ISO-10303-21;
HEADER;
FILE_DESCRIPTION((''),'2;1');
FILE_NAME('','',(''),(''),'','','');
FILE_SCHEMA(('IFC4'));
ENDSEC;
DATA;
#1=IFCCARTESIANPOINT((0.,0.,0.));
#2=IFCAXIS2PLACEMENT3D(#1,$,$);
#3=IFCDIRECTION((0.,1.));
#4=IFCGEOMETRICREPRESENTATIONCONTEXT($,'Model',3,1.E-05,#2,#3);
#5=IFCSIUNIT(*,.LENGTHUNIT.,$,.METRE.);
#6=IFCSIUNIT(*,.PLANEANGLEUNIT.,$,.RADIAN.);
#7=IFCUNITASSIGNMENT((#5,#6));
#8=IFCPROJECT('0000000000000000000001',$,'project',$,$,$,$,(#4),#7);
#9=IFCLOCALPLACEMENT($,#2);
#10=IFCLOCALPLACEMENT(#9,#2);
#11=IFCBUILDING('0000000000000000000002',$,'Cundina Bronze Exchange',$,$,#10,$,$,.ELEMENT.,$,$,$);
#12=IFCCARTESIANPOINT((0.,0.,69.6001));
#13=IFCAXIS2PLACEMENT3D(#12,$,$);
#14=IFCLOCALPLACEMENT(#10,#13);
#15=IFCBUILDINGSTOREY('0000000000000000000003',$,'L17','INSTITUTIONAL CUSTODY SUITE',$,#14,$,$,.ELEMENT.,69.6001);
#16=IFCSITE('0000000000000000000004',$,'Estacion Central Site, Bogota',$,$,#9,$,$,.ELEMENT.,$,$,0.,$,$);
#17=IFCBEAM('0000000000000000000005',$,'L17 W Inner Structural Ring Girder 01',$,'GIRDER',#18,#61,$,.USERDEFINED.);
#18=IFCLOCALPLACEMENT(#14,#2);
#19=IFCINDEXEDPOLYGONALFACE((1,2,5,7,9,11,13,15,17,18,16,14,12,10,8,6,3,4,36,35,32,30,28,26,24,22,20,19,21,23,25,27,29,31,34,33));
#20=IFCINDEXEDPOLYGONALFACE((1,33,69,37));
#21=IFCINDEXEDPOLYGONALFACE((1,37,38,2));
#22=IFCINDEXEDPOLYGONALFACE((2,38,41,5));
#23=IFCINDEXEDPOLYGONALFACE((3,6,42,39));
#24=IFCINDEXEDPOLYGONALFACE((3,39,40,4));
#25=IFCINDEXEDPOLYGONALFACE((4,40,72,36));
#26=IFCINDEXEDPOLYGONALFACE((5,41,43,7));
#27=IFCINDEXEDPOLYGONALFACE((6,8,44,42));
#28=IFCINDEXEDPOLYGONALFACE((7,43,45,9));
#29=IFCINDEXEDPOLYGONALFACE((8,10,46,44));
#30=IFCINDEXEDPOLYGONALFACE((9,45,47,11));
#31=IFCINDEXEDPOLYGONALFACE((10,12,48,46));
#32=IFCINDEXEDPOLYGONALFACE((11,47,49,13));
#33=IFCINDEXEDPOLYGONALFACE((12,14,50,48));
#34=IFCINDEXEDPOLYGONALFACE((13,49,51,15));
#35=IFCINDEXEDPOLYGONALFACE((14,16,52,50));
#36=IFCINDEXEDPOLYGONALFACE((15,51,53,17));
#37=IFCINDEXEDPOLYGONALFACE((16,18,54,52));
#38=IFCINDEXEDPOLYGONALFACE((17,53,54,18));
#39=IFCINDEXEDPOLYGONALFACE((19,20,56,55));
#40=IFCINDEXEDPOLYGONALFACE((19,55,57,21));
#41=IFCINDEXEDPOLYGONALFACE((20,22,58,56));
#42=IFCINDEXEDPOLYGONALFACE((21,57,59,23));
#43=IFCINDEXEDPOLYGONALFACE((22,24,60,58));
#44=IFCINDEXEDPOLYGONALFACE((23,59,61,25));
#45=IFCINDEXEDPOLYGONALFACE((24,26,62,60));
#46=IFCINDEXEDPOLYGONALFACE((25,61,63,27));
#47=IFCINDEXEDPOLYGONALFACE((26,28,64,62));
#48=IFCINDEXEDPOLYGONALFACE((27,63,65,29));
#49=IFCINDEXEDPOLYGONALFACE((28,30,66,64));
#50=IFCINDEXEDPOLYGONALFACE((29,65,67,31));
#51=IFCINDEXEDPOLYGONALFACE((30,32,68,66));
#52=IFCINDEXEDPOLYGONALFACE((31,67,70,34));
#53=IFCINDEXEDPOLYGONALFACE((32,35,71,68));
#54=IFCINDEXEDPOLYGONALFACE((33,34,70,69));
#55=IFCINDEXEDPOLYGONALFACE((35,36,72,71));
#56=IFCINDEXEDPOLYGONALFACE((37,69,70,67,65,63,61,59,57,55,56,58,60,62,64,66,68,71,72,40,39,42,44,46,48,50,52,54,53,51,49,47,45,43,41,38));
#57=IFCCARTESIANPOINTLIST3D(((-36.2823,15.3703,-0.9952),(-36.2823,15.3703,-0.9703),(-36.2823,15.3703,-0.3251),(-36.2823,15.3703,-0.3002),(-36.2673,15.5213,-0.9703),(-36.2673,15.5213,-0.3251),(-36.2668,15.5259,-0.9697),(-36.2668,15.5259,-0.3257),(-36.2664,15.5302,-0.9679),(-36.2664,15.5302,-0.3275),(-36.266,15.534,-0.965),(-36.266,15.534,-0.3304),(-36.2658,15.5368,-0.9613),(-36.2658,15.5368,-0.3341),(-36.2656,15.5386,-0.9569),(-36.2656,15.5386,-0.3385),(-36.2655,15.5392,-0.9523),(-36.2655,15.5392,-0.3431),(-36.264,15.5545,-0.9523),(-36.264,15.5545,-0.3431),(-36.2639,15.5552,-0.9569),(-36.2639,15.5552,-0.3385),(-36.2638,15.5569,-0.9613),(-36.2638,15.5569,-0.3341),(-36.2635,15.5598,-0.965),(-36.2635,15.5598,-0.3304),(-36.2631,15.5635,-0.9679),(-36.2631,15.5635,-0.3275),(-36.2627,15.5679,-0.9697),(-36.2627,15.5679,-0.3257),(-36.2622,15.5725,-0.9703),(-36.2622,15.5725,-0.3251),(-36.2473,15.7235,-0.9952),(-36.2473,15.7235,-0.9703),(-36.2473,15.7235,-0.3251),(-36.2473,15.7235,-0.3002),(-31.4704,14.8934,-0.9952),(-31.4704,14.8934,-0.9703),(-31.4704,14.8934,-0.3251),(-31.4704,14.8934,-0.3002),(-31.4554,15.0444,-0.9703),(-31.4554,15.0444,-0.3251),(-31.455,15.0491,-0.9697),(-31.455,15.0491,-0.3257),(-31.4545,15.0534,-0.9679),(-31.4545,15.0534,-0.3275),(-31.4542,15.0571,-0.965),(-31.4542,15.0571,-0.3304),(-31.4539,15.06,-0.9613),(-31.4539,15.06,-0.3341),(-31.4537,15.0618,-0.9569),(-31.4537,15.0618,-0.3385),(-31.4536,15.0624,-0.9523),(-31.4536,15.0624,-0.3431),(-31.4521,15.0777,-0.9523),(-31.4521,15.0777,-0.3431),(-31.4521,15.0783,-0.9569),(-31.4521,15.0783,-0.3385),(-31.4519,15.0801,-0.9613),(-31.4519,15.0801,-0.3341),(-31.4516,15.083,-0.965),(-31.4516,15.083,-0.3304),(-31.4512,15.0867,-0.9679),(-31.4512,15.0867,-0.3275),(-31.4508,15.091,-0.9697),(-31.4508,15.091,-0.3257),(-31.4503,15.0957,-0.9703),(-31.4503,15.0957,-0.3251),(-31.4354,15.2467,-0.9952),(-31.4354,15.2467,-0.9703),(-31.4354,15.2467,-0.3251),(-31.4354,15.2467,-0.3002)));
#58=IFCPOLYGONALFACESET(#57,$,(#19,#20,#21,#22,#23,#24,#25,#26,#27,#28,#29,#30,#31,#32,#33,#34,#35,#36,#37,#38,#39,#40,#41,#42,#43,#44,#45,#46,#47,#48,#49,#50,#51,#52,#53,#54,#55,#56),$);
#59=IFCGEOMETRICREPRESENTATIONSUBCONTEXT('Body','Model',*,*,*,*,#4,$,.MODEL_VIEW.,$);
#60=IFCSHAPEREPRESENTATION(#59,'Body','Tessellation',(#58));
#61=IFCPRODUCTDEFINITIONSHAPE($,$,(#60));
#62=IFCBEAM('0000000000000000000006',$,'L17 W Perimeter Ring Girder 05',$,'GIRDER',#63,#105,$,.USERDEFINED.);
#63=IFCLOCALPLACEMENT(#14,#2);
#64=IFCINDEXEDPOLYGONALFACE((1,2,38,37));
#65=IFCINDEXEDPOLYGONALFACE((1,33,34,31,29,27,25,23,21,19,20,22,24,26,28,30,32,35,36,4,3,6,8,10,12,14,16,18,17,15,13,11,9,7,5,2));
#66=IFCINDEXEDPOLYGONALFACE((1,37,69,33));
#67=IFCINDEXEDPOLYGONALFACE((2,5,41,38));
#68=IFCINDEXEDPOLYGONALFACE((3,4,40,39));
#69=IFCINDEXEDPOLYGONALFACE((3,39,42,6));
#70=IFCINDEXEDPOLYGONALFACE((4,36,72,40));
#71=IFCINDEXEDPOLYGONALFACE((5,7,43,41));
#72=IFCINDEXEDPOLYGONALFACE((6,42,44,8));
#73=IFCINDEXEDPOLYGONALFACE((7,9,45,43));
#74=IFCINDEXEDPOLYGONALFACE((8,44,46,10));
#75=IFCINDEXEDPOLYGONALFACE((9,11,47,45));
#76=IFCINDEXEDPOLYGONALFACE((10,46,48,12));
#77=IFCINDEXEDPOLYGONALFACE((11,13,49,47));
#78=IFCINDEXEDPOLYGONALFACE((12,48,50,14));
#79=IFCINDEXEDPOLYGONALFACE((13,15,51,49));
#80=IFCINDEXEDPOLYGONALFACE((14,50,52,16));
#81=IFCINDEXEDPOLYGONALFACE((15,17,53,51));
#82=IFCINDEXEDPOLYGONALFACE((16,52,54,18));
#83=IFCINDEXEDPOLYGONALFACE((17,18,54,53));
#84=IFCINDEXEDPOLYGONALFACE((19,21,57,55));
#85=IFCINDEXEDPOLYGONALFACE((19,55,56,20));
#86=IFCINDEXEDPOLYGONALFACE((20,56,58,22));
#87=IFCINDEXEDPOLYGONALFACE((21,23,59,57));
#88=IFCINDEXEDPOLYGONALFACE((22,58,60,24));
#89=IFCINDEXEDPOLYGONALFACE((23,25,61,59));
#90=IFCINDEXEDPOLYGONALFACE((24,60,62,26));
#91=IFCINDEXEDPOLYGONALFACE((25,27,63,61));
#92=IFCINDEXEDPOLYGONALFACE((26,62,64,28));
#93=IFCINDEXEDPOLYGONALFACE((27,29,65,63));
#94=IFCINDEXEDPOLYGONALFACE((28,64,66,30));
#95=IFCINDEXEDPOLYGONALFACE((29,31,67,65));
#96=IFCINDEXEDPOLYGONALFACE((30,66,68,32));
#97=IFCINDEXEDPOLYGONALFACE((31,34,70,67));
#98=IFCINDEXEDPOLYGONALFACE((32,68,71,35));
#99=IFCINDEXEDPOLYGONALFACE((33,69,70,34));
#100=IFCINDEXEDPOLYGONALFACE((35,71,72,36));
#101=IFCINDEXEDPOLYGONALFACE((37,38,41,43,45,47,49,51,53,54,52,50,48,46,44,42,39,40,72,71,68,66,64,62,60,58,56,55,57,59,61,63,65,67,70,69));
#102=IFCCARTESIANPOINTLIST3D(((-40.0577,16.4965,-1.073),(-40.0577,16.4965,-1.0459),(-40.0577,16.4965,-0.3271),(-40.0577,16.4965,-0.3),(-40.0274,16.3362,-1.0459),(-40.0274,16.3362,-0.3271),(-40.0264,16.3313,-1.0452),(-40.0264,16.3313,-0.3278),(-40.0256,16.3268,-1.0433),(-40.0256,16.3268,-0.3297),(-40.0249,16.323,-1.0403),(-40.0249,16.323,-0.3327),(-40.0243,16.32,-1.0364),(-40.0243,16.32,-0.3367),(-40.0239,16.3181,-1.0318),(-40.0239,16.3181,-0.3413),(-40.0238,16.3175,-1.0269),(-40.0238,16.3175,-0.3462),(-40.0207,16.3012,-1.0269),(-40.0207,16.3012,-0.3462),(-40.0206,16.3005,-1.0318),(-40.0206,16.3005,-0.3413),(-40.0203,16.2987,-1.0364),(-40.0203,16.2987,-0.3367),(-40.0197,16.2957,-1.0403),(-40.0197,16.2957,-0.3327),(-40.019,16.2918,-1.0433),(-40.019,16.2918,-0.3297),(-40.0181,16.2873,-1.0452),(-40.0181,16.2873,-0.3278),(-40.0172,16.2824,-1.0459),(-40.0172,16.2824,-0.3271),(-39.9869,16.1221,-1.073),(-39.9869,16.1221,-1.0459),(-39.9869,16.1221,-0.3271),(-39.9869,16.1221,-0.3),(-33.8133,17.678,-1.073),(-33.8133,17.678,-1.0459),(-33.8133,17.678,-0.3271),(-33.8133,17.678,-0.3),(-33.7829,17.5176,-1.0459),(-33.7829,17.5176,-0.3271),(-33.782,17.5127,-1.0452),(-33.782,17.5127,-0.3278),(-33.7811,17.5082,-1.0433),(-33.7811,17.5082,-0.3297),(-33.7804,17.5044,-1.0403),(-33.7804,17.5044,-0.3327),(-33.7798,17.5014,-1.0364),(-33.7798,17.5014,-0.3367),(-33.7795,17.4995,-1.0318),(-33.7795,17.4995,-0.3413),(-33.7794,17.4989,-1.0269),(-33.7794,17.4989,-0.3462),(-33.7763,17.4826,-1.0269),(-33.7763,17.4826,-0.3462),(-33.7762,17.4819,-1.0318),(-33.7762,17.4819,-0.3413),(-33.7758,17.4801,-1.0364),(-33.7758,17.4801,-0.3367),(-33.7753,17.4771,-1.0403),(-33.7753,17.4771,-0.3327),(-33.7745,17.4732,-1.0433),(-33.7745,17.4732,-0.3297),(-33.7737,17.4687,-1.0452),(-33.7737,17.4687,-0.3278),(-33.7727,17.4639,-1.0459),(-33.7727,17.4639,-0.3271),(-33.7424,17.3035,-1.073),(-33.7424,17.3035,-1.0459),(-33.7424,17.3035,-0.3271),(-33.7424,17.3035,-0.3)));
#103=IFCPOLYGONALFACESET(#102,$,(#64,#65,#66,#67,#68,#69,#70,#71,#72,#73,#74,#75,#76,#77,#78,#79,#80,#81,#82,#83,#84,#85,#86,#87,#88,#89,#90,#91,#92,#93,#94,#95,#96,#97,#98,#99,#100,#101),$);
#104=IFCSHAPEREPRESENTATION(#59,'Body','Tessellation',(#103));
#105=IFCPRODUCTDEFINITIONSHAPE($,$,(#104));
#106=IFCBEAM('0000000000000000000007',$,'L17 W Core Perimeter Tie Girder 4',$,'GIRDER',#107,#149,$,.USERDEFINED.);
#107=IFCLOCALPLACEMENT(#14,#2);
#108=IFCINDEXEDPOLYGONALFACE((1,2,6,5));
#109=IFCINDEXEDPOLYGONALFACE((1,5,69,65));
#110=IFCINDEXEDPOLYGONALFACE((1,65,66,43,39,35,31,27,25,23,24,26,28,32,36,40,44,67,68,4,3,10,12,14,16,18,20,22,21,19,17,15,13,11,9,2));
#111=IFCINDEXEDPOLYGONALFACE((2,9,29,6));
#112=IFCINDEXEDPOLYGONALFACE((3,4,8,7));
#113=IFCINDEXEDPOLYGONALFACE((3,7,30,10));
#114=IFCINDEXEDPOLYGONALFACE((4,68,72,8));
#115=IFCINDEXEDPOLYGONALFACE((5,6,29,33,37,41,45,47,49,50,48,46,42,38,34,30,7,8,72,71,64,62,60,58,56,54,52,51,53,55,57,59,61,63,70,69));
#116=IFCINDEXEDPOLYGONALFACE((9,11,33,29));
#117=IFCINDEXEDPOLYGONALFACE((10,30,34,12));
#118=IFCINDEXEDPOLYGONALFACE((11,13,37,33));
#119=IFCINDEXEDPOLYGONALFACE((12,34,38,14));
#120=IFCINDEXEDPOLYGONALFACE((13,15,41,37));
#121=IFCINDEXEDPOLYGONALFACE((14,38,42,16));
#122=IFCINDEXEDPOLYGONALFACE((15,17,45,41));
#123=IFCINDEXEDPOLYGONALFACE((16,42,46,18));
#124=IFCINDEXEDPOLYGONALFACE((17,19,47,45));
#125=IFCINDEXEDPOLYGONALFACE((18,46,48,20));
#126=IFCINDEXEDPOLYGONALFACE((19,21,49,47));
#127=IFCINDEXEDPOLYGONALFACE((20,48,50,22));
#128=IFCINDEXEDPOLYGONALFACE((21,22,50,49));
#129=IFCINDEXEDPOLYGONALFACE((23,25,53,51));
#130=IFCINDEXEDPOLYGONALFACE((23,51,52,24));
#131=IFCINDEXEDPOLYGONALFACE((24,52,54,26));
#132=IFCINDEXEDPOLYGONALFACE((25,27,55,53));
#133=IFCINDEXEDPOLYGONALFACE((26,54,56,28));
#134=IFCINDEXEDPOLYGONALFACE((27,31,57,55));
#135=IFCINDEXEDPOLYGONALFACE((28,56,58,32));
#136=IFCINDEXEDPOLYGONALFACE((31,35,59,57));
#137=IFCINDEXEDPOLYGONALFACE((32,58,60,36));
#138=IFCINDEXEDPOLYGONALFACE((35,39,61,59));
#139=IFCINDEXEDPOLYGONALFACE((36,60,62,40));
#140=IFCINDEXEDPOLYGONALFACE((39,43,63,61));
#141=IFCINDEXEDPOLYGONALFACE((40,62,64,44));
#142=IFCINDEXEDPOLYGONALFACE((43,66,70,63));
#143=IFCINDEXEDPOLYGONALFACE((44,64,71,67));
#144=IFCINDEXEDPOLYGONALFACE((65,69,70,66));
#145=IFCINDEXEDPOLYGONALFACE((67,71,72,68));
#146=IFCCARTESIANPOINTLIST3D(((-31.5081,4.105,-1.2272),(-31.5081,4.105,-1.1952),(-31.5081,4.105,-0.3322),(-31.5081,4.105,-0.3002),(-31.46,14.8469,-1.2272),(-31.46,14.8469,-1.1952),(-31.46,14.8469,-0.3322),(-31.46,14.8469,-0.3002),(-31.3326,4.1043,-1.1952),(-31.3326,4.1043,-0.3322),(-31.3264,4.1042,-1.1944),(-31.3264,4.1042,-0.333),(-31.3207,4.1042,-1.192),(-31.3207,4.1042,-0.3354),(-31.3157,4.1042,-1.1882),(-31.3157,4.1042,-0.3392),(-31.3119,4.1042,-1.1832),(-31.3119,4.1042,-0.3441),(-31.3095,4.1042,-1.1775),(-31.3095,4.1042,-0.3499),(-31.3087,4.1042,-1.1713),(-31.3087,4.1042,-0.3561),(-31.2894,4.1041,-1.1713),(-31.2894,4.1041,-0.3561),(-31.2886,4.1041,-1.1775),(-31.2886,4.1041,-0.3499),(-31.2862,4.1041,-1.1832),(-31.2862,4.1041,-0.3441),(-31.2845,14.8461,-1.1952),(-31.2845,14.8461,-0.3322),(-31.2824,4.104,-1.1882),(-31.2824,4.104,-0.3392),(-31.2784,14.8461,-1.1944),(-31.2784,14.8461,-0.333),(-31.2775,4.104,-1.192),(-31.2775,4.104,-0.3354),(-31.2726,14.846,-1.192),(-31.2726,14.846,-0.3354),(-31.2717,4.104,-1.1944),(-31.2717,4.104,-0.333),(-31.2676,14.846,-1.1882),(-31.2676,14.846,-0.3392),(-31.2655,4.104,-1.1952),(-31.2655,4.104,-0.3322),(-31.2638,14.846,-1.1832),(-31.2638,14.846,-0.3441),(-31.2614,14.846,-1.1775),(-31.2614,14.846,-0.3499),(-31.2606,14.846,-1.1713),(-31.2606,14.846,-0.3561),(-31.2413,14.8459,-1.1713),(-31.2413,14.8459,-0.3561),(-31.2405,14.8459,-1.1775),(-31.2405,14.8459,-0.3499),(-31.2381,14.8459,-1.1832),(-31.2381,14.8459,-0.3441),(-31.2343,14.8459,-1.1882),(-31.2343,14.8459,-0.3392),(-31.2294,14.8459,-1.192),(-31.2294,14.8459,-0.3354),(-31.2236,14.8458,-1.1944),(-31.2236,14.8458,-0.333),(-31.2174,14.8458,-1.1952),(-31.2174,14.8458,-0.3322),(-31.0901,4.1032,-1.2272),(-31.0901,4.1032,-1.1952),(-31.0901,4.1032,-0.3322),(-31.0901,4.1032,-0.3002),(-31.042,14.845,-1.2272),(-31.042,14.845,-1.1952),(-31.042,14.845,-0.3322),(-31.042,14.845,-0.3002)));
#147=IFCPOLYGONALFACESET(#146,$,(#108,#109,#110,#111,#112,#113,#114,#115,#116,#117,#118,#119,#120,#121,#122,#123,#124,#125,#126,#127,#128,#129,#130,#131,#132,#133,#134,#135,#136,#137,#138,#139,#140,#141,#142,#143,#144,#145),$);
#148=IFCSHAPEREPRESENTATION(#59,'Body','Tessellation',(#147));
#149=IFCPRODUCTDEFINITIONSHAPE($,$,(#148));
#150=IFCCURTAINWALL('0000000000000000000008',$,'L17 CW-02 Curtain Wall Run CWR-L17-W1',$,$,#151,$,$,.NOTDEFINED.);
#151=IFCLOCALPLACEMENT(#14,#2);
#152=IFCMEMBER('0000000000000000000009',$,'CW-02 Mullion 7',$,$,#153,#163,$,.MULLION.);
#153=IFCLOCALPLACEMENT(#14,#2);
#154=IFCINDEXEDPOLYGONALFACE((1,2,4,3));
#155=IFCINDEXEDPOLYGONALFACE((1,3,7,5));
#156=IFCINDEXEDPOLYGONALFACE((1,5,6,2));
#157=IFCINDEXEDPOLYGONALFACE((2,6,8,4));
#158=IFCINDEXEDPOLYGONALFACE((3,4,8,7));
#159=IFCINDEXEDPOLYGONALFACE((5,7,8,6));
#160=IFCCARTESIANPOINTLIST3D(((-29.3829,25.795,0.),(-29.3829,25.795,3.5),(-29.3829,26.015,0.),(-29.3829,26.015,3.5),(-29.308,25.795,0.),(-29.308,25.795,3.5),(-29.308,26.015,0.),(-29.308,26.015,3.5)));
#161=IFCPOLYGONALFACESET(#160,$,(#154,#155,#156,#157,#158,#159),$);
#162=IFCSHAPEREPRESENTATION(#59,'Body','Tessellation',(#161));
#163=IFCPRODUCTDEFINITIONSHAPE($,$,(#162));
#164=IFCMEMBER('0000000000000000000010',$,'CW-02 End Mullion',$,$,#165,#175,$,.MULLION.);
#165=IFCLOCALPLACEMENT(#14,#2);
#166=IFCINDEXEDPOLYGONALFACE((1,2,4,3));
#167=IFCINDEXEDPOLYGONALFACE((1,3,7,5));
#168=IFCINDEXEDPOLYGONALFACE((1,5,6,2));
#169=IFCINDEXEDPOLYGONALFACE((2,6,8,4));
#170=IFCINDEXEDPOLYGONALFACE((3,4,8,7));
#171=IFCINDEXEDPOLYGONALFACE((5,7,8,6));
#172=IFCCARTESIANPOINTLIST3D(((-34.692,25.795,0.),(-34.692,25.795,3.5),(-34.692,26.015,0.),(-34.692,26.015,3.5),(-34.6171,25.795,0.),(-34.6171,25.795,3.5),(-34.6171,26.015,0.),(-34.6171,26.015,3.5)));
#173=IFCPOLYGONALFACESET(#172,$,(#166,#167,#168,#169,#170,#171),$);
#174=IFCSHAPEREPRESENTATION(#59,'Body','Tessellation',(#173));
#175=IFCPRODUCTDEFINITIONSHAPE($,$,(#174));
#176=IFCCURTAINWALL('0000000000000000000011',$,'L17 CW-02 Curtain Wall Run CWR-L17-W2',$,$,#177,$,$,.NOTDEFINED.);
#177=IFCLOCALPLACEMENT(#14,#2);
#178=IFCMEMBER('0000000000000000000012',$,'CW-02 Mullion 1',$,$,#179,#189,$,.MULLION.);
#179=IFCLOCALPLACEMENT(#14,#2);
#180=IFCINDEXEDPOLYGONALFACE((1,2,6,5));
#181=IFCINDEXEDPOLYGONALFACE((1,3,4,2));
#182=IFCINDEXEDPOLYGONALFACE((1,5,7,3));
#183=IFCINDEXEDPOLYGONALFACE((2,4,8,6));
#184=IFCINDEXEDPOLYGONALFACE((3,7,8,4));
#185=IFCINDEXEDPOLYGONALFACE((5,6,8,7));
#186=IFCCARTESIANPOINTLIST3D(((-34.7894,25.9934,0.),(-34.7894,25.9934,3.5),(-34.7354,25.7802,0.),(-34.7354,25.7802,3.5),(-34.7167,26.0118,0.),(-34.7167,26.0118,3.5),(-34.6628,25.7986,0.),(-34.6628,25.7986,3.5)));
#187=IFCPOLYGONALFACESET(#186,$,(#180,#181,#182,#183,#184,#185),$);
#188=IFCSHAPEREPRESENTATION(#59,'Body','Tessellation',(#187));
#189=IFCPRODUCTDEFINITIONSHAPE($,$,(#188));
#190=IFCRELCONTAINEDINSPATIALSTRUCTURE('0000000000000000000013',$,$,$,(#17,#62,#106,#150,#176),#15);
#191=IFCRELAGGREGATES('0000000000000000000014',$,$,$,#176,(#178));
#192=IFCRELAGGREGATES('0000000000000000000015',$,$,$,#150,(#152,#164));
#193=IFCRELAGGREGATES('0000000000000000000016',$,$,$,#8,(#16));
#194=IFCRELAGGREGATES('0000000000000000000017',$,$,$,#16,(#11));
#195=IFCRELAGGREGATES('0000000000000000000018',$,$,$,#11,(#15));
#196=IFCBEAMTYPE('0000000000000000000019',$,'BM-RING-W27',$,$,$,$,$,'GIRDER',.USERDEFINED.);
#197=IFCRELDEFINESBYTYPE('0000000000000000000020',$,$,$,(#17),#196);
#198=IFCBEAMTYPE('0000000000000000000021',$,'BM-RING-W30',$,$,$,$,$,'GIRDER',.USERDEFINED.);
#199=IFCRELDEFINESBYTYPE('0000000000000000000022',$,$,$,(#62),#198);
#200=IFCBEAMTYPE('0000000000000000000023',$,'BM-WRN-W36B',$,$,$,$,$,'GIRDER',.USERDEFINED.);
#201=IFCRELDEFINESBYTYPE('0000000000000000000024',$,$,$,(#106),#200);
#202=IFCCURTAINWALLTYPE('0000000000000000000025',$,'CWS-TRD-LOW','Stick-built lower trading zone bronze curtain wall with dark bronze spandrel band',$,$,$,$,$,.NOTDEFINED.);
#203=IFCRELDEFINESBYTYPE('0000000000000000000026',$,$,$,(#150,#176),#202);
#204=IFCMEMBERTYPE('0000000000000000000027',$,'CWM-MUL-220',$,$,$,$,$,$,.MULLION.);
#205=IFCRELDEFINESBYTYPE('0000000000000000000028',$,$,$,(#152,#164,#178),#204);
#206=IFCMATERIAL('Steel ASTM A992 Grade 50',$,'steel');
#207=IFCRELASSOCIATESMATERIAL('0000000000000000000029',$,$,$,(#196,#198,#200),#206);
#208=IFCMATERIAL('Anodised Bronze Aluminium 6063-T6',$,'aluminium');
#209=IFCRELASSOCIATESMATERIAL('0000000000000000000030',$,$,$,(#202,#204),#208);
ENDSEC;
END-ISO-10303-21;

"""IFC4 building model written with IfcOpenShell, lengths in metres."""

from ifc_helpers import new_model, si_unit, direction, frame, origin, origin_2d, place, context, subcontext, project, spatial, rectangle, i_section, extrude, material, material_profile, profile_set, type_object, element, aggregate, save


model = new_model("IFC4")

# Units and contexts
model_context = context("Model", 3, precision=1e-05, world=origin(), true_north=direction((0.0, 1.0)))
body_context = subcontext(model_context, "Body", "Model", "MODEL_VIEW")
ifc_project = project(units=[si_unit("LENGTHUNIT", "METRE"), si_unit("PLANEANGLEUNIT", "RADIAN")], contexts=[model_context])

# Site, building, storey
site_placement = place(None, origin())
site = spatial("IfcSite", under=ifc_project, at=site_placement, Name="Estacion Central Site, Bogota", CompositionType="ELEMENT", RefElevation=0.0)
building_placement = place(site_placement, origin())
building = spatial("IfcBuilding", under=site, at=building_placement, Name="Cundina Bronze Exchange", CompositionType="ELEMENT")
storey_placement = place(building_placement, frame((0.0, 0.0, 69.6001)))
storey = spatial("IfcBuildingStorey", under=building, at=storey_placement, Name="L17", Description="INSTITUTIONAL CUSTODY SUITE", CompositionType="ELEMENT", Elevation=69.6001)

# Shared definitions
ifc_material_1 = material(Name="Steel ASTM A992 Grade 50", Category="steel")

# Beams
ifc_material_profile_1 = material_profile(ifc_material_1, i_section(OverallWidth=0.355, OverallDepth=0.6951, WebThickness=0.0154, FlangeThickness=0.0249, FilletRadius=0.0181, at=origin_2d()), Name="W27X146", Category="steel")
ifc_profile_set_1 = profile_set([ifc_material_profile_1], Name="Steel ASTM A992 Grade 50")
beam_type_1 = type_object("IfcBeamType", Name="BM-RING-W27", ElementType="GIRDER", PredefinedType="USERDEFINED", material=ifc_profile_set_1)
beam_1_placement = place(storey_placement, frame((-31.4529, 15.0701, -0.6477), z_axis=(-0.995126, 0.098609, 0.0), x_axis=(-0.098609, -0.995126, 0.0)))
element("IfcBeam", 1, at=beam_1_placement, inside=storey, type_object=beam_type_1, Name="L17 W Inner Structural Ring Girder 01", ObjectType="GIRDER", PredefinedType="USERDEFINED", context=body_context, shape_type="SweptSolid", body=[
    extrude(i_section(OverallWidth=0.355, OverallDepth=0.6951, WebThickness=0.0154, FlangeThickness=0.0249, FilletRadius=0.0181, at=origin_2d()), origin(), (0.0, 0.0, 1.0), 4.8354),
])
ifc_material_profile_2 = material_profile(ifc_material_1, i_section(OverallWidth=0.3811, OverallDepth=0.7729, WebThickness=0.0166, FlangeThickness=0.0271, FilletRadius=0.019, at=origin_2d()), Name="W30X173", Category="steel")
ifc_profile_set_2 = profile_set([ifc_material_profile_2], Name="Steel ASTM A992 Grade 50")
beam_type_2 = type_object("IfcBeamType", Name="BM-RING-W30", ElementType="GIRDER", PredefinedType="USERDEFINED", material=ifc_profile_set_2)
beam_2_placement = place(storey_placement, frame((-33.7778, 17.4907, -0.6865), z_axis=(-0.982569, -0.185896, 0.0), x_axis=(0.185896, -0.982569, 0.0)))
element("IfcBeam", 2, at=beam_2_placement, inside=storey, type_object=beam_type_2, Name="L17 W Perimeter Ring Girder 05", ObjectType="GIRDER", PredefinedType="USERDEFINED", context=body_context, shape_type="SweptSolid", body=[
    extrude(i_section(OverallWidth=0.3811, OverallDepth=0.7729, WebThickness=0.0166, FlangeThickness=0.0271, FilletRadius=0.019, at=origin_2d()), origin(), (0.0, 0.0, 1.0), 6.3552),
])
ifc_material_profile_3 = material_profile(ifc_material_1, i_section(OverallWidth=0.418, OverallDepth=0.927, WebThickness=0.0193, FlangeThickness=0.032, FilletRadius=0.0239, at=origin_2d()), Name="W36X231", Category="steel")
ifc_profile_set_3 = profile_set([ifc_material_profile_3], Name="Steel ASTM A992 Grade 50")
beam_type_3 = type_object("IfcBeamType", Name="BM-WRN-W36B", ElementType="GIRDER", PredefinedType="USERDEFINED", material=ifc_profile_set_3)
beam_3_placement = place(storey_placement, frame((-31.251, 14.8459, -0.7637), z_axis=(-0.004477, -0.99999, 0.0), x_axis=(0.99999, -0.004477, 0.0)))
element("IfcBeam", 3, at=beam_3_placement, inside=storey, type_object=beam_type_3, Name="L17 W Core Perimeter Tie Girder 4", ObjectType="GIRDER", PredefinedType="USERDEFINED", context=body_context, shape_type="SweptSolid", body=[
    extrude(i_section(OverallWidth=0.418, OverallDepth=0.927, WebThickness=0.0193, FlangeThickness=0.032, FilletRadius=0.0239, at=origin_2d()), origin(), (0.0, 0.0, 1.0), 10.7419),
])

# Curtain wall, members
ifc_material_2 = material(Name="Anodised Bronze Aluminium 6063-T6", Category="aluminium")
curtain_wall_type = type_object("IfcCurtainWallType", Name="CWS-TRD-LOW", Description="Stick-built lower trading zone bronze curtain wall with dark bronze spandrel band", PredefinedType="NOTDEFINED", material=ifc_material_2)
curtain_wall_1_placement = place(storey_placement, origin())
curtain_wall_1 = element("IfcCurtainWall", 4, at=curtain_wall_1_placement, inside=storey, type_object=curtain_wall_type, Name="L17 CW-02 Curtain Wall Run CWR-L17-W1", PredefinedType="NOTDEFINED")
ifc_material_profile_4 = material_profile(ifc_material_2, rectangle(XDim=0.075, YDim=0.22, at=origin_2d()), Name="AL75X220", Category="aluminium")
ifc_profile_set_4 = profile_set([ifc_material_profile_4], Name="Anodised Bronze Aluminium 6063-T6")
member_type_1 = type_object("IfcMemberType", Name="CWM-MUL-220", PredefinedType="MULLION", material=ifc_profile_set_4)
member_1_placement = place(storey_placement, frame((-29.3455, 25.905, 0.0), z_axis=(0.0, 0.0, 1.0), x_axis=(-1.0, 0.0, 0.0)))
member_1 = element("IfcMember", 5, at=member_1_placement, type_object=member_type_1, Name="CW-02 Mullion 7", PredefinedType="MULLION", context=body_context, shape_type="SweptSolid", body=[
    extrude(rectangle(XDim=0.075, YDim=0.22, at=origin_2d()), origin(), (0.0, 0.0, 1.0), 3.5),
])
member_2_placement = place(storey_placement, frame((-34.6545, 25.905, 0.0), z_axis=(0.0, 0.0, 1.0), x_axis=(-1.0, 0.0, 0.0)))
member_2 = element("IfcMember", 6, at=member_2_placement, type_object=member_type_1, Name="CW-02 End Mullion", PredefinedType="MULLION", context=body_context, shape_type="SweptSolid", body=[
    extrude(rectangle(XDim=0.075, YDim=0.22, at=origin_2d()), origin(), (0.0, 0.0, 1.0), 3.5),
])

# Curtain wall, member
curtain_wall_2_placement = place(storey_placement, origin())
curtain_wall_2 = element("IfcCurtainWall", 7, at=curtain_wall_2_placement, inside=storey, type_object=curtain_wall_type, Name="L17 CW-02 Curtain Wall Run CWR-L17-W2", PredefinedType="NOTDEFINED")
member_3_placement = place(storey_placement, frame((-34.7261, 25.896, 0.0), z_axis=(0.0, 0.0, 1.0), x_axis=(-0.969488, -0.245138, 0.0)))
member_3 = element("IfcMember", 8, at=member_3_placement, type_object=member_type_1, Name="CW-02 Mullion 1", PredefinedType="MULLION", context=body_context, shape_type="SweptSolid", body=[
    extrude(rectangle(XDim=0.075, YDim=0.22, at=origin_2d()), origin(), (0.0, 0.0, 1.0), 3.5),
])
aggregate(curtain_wall_2, [member_3])

aggregate(curtain_wall_1, [member_1, member_2])

save(model, "model.ifc")
